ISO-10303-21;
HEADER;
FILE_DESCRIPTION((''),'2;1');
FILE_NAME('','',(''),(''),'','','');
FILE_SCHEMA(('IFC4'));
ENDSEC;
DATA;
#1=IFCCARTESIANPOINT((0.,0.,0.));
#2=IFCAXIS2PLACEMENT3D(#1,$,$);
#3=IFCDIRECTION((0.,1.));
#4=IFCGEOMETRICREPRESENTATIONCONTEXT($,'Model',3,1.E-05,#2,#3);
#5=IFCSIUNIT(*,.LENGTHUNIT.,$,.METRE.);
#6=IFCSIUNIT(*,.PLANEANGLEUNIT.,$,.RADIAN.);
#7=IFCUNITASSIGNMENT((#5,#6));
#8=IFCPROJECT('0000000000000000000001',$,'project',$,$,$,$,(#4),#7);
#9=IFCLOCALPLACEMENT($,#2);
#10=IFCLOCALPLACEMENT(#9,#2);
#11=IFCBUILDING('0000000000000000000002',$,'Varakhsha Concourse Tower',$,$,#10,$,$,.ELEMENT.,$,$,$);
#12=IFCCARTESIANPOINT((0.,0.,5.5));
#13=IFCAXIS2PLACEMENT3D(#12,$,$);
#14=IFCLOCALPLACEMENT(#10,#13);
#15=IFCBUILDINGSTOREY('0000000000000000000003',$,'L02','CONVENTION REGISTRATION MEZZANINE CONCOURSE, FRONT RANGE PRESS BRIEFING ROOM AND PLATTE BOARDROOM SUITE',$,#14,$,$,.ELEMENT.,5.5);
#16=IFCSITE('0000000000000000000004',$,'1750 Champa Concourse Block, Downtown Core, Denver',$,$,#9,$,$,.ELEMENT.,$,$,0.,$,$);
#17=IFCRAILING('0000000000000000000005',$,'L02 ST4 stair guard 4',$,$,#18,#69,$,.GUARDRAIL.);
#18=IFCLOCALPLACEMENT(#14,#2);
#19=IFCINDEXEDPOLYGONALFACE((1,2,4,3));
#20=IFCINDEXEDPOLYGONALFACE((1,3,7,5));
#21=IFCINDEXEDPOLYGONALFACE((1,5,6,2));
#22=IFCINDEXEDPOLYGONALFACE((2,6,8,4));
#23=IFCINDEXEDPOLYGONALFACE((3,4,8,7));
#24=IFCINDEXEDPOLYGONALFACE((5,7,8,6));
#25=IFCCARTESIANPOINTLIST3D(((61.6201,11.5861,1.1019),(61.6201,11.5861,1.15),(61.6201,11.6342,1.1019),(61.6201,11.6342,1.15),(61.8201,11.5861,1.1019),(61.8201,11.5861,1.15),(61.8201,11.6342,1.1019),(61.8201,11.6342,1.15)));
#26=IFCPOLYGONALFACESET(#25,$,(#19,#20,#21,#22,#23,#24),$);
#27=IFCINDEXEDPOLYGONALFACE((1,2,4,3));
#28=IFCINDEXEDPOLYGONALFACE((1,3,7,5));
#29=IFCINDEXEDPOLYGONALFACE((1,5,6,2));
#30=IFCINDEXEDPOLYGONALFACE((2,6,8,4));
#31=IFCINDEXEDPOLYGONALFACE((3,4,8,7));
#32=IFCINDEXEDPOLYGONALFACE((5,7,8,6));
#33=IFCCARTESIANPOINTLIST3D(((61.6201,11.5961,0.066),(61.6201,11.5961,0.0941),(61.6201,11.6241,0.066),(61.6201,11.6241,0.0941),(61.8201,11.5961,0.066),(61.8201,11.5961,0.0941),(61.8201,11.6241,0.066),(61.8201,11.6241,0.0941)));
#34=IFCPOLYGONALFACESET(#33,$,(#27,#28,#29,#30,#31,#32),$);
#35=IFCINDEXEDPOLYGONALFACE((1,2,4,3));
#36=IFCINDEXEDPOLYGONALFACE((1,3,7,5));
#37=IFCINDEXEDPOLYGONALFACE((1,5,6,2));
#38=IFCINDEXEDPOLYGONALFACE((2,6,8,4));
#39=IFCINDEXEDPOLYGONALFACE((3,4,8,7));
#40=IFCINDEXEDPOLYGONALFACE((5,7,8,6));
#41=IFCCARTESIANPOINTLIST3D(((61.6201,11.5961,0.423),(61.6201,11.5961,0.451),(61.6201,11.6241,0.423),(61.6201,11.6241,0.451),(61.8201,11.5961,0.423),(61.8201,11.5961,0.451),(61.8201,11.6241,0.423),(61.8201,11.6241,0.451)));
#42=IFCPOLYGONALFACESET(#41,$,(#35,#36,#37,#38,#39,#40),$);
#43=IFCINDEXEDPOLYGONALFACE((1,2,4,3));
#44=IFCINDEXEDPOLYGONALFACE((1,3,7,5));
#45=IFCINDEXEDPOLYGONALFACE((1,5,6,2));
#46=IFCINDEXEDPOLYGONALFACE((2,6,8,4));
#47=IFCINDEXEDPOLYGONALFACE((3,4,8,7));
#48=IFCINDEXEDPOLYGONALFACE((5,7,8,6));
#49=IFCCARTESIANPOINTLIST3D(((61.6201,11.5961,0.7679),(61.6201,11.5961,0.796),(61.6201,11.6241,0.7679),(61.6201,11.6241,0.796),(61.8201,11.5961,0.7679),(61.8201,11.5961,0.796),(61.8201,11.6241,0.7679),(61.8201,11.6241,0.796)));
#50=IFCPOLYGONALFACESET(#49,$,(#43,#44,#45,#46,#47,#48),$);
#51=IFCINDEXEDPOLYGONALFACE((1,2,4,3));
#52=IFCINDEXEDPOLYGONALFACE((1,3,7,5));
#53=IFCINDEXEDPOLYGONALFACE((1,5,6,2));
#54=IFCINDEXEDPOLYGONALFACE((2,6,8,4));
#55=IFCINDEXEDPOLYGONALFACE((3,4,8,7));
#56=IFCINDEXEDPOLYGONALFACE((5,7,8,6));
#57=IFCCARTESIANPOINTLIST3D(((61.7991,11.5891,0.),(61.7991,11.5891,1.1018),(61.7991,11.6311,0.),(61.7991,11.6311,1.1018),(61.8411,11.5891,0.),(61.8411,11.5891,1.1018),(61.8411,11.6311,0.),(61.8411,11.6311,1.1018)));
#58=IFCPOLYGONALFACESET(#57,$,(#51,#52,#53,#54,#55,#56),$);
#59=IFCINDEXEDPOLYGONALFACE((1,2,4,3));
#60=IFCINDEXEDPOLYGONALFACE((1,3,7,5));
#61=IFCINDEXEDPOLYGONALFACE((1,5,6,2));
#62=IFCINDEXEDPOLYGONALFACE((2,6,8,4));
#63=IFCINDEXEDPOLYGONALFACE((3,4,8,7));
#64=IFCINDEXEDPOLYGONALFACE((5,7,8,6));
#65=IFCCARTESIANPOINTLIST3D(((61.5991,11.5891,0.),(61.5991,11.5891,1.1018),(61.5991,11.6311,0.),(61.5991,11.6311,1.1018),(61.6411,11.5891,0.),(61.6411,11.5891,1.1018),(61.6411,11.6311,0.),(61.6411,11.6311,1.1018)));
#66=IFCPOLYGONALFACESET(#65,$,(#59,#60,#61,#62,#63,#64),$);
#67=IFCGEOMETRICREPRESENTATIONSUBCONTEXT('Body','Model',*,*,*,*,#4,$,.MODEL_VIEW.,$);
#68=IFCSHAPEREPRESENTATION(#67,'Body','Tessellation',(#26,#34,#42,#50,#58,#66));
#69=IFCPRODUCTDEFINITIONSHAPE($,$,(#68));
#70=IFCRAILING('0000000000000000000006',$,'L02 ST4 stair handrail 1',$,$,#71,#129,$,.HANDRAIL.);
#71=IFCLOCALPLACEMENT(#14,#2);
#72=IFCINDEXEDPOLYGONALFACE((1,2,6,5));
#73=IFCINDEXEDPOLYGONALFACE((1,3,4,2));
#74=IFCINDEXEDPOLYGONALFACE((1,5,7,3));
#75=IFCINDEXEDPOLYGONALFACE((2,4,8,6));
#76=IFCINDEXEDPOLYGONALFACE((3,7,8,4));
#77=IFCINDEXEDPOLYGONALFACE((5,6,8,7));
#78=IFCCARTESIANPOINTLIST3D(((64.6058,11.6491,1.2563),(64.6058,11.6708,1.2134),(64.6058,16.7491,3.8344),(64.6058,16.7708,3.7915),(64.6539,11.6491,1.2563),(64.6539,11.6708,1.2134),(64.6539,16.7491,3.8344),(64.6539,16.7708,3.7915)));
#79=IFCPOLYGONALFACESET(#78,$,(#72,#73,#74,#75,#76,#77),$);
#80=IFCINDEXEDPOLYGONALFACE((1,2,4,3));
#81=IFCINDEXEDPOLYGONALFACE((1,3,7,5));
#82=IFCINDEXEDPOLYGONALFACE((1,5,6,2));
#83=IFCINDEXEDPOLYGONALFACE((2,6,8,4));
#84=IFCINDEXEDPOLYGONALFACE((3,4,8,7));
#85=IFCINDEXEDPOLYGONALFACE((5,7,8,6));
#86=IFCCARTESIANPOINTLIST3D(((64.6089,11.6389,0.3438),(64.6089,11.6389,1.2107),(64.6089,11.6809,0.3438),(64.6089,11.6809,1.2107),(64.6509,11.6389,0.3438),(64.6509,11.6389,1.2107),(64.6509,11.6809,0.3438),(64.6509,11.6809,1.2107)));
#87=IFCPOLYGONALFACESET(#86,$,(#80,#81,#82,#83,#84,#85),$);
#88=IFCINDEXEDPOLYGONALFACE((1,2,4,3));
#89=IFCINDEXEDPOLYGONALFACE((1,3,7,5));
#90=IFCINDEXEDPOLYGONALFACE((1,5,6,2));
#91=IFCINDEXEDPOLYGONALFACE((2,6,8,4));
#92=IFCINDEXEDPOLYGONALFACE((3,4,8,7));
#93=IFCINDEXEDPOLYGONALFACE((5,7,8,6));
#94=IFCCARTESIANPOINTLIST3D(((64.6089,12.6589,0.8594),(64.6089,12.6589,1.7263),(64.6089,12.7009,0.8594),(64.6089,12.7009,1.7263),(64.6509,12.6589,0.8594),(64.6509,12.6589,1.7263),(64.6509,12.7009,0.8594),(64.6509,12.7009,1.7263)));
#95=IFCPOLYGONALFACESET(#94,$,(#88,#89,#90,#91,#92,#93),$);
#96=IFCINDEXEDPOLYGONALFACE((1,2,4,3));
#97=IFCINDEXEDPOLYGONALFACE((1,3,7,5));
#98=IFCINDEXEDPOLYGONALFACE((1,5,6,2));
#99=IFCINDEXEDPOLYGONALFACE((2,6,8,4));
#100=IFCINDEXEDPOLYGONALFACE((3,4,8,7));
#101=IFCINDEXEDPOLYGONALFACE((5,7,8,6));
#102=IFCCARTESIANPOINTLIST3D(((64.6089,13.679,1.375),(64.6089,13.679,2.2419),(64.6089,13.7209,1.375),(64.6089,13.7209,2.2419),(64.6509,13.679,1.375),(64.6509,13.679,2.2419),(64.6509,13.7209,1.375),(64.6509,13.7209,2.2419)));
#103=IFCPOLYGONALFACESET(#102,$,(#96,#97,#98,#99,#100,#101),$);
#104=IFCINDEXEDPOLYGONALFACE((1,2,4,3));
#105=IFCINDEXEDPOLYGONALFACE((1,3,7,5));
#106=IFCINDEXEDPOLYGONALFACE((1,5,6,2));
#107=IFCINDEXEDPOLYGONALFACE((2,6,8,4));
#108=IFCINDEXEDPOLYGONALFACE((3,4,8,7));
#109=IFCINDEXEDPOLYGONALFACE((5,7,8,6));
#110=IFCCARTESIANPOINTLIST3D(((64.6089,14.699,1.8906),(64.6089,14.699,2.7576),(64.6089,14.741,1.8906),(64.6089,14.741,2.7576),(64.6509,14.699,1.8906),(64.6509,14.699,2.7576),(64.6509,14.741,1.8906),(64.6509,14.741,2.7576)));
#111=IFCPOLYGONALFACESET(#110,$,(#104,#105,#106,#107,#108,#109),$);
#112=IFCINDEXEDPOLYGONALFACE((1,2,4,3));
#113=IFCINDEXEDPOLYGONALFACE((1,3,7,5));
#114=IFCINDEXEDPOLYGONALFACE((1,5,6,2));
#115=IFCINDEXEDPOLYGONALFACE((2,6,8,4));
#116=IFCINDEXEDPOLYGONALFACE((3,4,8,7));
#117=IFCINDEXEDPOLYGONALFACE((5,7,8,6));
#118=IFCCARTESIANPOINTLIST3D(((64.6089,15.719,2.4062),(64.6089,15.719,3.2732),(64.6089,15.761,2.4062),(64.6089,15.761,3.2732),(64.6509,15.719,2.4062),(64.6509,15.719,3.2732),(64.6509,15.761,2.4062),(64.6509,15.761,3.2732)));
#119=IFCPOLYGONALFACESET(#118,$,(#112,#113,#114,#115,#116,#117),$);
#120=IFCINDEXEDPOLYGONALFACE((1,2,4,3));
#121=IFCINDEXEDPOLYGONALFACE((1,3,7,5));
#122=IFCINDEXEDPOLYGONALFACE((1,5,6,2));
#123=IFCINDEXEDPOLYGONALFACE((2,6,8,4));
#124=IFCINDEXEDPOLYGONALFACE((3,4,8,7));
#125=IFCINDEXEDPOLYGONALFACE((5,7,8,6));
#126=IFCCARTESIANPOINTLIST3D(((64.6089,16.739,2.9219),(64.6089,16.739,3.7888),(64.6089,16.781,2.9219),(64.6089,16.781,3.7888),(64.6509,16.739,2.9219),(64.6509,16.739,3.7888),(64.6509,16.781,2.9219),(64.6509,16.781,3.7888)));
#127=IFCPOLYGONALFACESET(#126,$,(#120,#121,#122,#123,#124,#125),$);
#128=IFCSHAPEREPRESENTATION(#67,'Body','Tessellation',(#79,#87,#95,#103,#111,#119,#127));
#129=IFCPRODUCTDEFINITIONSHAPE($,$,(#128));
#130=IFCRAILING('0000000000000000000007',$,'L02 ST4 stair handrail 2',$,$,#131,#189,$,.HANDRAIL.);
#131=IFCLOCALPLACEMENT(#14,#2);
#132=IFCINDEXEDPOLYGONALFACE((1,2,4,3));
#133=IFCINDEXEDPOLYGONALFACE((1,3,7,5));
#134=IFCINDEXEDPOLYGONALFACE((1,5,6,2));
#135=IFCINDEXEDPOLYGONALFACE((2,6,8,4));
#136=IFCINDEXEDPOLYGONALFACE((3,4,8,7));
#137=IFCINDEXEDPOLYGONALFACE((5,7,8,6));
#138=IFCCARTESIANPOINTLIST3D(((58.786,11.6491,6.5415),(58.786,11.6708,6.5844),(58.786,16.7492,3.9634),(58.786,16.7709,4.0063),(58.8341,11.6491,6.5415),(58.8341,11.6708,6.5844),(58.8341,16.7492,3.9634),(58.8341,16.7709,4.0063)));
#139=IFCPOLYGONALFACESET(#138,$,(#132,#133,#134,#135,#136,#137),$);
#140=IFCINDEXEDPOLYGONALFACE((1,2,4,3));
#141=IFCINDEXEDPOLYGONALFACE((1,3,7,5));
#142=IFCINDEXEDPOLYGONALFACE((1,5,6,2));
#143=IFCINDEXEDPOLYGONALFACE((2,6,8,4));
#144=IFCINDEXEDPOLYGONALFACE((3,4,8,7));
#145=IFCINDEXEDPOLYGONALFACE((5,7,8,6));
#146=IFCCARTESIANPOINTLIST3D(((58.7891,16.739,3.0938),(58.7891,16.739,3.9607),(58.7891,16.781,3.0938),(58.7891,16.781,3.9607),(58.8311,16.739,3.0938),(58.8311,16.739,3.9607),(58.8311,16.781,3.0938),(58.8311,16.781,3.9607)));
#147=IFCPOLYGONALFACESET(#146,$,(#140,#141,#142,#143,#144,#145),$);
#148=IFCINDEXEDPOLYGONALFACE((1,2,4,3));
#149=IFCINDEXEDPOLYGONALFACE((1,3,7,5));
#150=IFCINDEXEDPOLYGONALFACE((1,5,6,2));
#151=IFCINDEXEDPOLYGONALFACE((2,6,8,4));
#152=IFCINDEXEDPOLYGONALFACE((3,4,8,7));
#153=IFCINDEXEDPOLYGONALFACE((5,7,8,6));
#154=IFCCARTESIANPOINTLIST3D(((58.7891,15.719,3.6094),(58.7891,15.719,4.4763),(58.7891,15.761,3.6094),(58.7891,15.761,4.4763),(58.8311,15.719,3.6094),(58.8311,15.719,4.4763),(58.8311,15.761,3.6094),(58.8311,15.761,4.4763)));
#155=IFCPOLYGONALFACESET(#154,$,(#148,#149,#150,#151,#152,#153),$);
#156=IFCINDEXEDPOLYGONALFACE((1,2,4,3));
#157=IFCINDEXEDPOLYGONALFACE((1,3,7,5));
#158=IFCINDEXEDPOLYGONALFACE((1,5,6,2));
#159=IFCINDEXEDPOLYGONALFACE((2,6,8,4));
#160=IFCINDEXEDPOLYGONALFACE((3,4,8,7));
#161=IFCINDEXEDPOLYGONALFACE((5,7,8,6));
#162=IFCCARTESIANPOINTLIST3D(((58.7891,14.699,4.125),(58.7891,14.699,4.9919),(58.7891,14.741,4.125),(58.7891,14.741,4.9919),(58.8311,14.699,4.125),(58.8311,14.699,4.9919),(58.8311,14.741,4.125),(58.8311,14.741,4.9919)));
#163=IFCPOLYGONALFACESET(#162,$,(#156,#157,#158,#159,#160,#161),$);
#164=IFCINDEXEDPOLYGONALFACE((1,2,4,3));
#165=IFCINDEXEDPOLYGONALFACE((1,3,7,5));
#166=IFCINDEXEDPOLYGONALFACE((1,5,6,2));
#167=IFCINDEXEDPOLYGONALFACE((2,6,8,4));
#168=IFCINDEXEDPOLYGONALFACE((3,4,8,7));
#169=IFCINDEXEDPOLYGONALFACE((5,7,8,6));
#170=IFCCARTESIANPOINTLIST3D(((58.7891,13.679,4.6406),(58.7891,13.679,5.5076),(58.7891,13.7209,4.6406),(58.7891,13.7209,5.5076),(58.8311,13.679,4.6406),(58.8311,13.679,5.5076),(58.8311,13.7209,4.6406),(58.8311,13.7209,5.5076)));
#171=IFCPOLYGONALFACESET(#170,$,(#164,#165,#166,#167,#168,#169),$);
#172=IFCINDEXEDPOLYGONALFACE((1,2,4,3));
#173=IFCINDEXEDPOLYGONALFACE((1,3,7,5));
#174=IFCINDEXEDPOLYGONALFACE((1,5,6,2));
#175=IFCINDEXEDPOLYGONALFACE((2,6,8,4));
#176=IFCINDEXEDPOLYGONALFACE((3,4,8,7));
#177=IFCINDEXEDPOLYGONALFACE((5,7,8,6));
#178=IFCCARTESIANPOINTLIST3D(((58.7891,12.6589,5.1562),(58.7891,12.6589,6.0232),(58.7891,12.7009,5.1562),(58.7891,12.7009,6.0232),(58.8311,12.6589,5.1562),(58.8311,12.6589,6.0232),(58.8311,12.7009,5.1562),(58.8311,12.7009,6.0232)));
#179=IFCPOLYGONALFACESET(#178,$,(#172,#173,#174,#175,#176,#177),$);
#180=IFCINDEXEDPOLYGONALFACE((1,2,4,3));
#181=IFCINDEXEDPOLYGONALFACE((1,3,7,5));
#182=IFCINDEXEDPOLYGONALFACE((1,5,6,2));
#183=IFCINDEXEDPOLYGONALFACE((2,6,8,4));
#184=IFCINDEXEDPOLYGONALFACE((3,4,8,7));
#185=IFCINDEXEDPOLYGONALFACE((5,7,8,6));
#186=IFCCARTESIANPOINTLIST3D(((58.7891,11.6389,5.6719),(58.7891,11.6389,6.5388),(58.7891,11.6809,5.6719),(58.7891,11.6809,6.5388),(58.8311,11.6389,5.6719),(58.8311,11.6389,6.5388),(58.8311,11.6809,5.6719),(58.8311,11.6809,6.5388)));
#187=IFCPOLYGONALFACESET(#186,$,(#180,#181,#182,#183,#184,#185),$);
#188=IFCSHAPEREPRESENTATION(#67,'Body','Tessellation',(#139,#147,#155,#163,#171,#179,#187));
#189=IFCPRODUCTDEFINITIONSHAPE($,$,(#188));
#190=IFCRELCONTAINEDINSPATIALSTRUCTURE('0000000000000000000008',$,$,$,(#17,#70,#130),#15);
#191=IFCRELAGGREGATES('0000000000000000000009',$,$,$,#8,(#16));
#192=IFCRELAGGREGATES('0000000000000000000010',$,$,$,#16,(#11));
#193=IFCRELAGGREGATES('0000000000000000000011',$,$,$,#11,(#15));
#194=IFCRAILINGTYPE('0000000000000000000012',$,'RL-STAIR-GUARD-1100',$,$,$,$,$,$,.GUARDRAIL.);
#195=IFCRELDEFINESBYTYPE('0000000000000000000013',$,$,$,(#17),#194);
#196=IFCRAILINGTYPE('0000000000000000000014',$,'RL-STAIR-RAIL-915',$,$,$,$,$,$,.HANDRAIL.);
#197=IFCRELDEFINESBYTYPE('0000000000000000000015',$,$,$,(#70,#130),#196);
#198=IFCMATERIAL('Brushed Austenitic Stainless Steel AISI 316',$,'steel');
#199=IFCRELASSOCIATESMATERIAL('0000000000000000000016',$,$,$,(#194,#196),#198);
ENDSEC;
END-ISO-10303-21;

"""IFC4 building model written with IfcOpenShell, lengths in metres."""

from ifc_helpers import new_model, si_unit, direction, frame, origin, origin_2d, place, context, subcontext, project, spatial, rectangle, extrude, material, type_object, element, save


model = new_model("IFC4")

# Units and contexts
model_context = context("Model", 3, precision=1e-05, world=origin(), true_north=direction((0.0, 1.0)))
body_context = subcontext(model_context, "Body", "Model", "MODEL_VIEW")
ifc_project = project(units=[si_unit("LENGTHUNIT", "METRE"), si_unit("PLANEANGLEUNIT", "RADIAN")], contexts=[model_context])

# Site, building, storey
site_placement = place(None, origin())
site = spatial("IfcSite", under=ifc_project, at=site_placement, Name="1750 Champa Concourse Block, Downtown Core, Denver", CompositionType="ELEMENT", RefElevation=0.0)
building_placement = place(site_placement, origin())
building = spatial("IfcBuilding", under=site, at=building_placement, Name="Varakhsha Concourse Tower", CompositionType="ELEMENT")
storey_placement = place(building_placement, frame((0.0, 0.0, 5.5)))
storey = spatial("IfcBuildingStorey", under=building, at=storey_placement, Name="L02", Description="CONVENTION REGISTRATION MEZZANINE CONCOURSE, FRONT RANGE PRESS BRIEFING ROOM AND PLATTE BOARDROOM SUITE", CompositionType="ELEMENT", Elevation=5.5)

# Railings
ifc_material_1 = material(Name="Brushed Austenitic Stainless Steel AISI 316", Category="steel")
railing_type_1 = type_object("IfcRailingType", Name="RL-STAIR-GUARD-1100", PredefinedType="GUARDRAIL", material=ifc_material_1)
railing_1_placement = place(storey_placement, frame((61.8201, 11.6101, 0.0)))
element("IfcRailing", 1, at=railing_1_placement, inside=storey, type_object=railing_type_1, Name="L02 ST4 stair guard 4", PredefinedType="GUARDRAIL", context=body_context, shape_type="SweptSolid", body=[
    extrude(rectangle(XDim=0.0481, YDim=0.0481, at=origin_2d()), frame((0.0, 0.0, 1.126), z_axis=(-1.0, 0.0, 0.0), x_axis=(0.0, -1.0, 0.0)), (0.0, 0.0, 1.0), 0.2),
    extrude(rectangle(XDim=0.0281, YDim=0.0281, at=origin_2d()), frame((0.0, 0.0, 0.0801), z_axis=(-1.0, 0.0, 0.0), x_axis=(0.0, -1.0, 0.0)), (0.0, 0.0, 1.0), 0.2),
    extrude(rectangle(XDim=0.0281, YDim=0.0281, at=origin_2d()), frame((0.0, 0.0, 0.437), z_axis=(-1.0, 0.0, 0.0), x_axis=(0.0, -1.0, 0.0)), (0.0, 0.0, 1.0), 0.2),
    extrude(rectangle(XDim=0.0281, YDim=0.0281, at=origin_2d()), frame((0.0, 0.0, 0.782), z_axis=(-1.0, 0.0, 0.0), x_axis=(0.0, -1.0, 0.0)), (0.0, 0.0, 1.0), 0.2),
    extrude(rectangle(XDim=0.042, YDim=0.042, at=origin_2d()), origin(), (0.0, 0.0, 1.0), 1.1018),
    extrude(rectangle(XDim=0.042, YDim=0.042, at=origin_2d()), frame((-0.2, 0.0, 0.0)), (0.0, 0.0, 1.0), 1.1018),
])
railing_type_2 = type_object("IfcRailingType", Name="RL-STAIR-RAIL-915", PredefinedType="HANDRAIL", material=ifc_material_1)
railing_2_placement = place(storey_placement, frame((64.6299, 11.6599, 0.3438)))
element("IfcRailing", 2, at=railing_2_placement, inside=storey, type_object=railing_type_2, Name="L02 ST4 stair handrail 1", PredefinedType="HANDRAIL", context=body_context, shape_type="SweptSolid", body=[
    extrude(rectangle(XDim=0.0481, YDim=0.0481, at=origin_2d()), frame((0.0, 0.0, 0.8911), z_axis=(0.0, 0.892453, 0.45114), x_axis=(-1.0, 0.0, 0.0)), (0.0, 0.0, 1.0), 5.7146),
    extrude(rectangle(XDim=0.042, YDim=0.042, at=origin_2d()), origin(), (0.0, 0.0, 1.0), 0.8669),
    extrude(rectangle(XDim=0.042, YDim=0.042, at=origin_2d()), frame((0.0, 1.02, 0.5156)), (0.0, 0.0, 1.0), 0.8669),
    extrude(rectangle(XDim=0.042, YDim=0.042, at=origin_2d()), frame((0.0, 2.04, 1.0312)), (0.0, 0.0, 1.0), 0.8669),
    extrude(rectangle(XDim=0.042, YDim=0.042, at=origin_2d()), frame((0.0, 3.0601, 1.5469)), (0.0, 0.0, 1.0), 0.8669),
    extrude(rectangle(XDim=0.042, YDim=0.042, at=origin_2d()), frame((0.0, 4.0801, 2.0625)), (0.0, 0.0, 1.0), 0.8669),
    extrude(rectangle(XDim=0.042, YDim=0.042, at=origin_2d()), frame((0.0, 5.1001, 2.5781)), (0.0, 0.0, 1.0), 0.8669),
])
railing_3_placement = place(storey_placement, frame((58.8101, 16.76, 3.0938)))
element("IfcRailing", 3, at=railing_3_placement, inside=storey, type_object=railing_type_2, Name="L02 ST4 stair handrail 2", PredefinedType="HANDRAIL", context=body_context, shape_type="SweptSolid", body=[
    extrude(rectangle(XDim=0.0481, YDim=0.0481, at=origin_2d()), frame((0.0, 0.0, 0.8911), z_axis=(0.0, -0.892453, 0.45114), x_axis=(1.0, 0.0, 0.0)), (0.0, 0.0, 1.0), 5.7146),
    extrude(rectangle(XDim=0.042, YDim=0.042, at=origin_2d()), origin(), (0.0, 0.0, 1.0), 0.8669),
    extrude(rectangle(XDim=0.042, YDim=0.042, at=origin_2d()), frame((0.0, -1.02, 0.5156)), (0.0, 0.0, 1.0), 0.8669),
    extrude(rectangle(XDim=0.042, YDim=0.042, at=origin_2d()), frame((0.0, -2.04, 1.0312)), (0.0, 0.0, 1.0), 0.8669),
    extrude(rectangle(XDim=0.042, YDim=0.042, at=origin_2d()), frame((0.0, -3.0601, 1.5469)), (0.0, 0.0, 1.0), 0.8669),
    extrude(rectangle(XDim=0.042, YDim=0.042, at=origin_2d()), frame((0.0, -4.0801, 2.0625)), (0.0, 0.0, 1.0), 0.8669),
    extrude(rectangle(XDim=0.042, YDim=0.042, at=origin_2d()), frame((0.0, -5.1001, 2.5781)), (0.0, 0.0, 1.0), 0.8669),
])

save(model, "model.ifc")
